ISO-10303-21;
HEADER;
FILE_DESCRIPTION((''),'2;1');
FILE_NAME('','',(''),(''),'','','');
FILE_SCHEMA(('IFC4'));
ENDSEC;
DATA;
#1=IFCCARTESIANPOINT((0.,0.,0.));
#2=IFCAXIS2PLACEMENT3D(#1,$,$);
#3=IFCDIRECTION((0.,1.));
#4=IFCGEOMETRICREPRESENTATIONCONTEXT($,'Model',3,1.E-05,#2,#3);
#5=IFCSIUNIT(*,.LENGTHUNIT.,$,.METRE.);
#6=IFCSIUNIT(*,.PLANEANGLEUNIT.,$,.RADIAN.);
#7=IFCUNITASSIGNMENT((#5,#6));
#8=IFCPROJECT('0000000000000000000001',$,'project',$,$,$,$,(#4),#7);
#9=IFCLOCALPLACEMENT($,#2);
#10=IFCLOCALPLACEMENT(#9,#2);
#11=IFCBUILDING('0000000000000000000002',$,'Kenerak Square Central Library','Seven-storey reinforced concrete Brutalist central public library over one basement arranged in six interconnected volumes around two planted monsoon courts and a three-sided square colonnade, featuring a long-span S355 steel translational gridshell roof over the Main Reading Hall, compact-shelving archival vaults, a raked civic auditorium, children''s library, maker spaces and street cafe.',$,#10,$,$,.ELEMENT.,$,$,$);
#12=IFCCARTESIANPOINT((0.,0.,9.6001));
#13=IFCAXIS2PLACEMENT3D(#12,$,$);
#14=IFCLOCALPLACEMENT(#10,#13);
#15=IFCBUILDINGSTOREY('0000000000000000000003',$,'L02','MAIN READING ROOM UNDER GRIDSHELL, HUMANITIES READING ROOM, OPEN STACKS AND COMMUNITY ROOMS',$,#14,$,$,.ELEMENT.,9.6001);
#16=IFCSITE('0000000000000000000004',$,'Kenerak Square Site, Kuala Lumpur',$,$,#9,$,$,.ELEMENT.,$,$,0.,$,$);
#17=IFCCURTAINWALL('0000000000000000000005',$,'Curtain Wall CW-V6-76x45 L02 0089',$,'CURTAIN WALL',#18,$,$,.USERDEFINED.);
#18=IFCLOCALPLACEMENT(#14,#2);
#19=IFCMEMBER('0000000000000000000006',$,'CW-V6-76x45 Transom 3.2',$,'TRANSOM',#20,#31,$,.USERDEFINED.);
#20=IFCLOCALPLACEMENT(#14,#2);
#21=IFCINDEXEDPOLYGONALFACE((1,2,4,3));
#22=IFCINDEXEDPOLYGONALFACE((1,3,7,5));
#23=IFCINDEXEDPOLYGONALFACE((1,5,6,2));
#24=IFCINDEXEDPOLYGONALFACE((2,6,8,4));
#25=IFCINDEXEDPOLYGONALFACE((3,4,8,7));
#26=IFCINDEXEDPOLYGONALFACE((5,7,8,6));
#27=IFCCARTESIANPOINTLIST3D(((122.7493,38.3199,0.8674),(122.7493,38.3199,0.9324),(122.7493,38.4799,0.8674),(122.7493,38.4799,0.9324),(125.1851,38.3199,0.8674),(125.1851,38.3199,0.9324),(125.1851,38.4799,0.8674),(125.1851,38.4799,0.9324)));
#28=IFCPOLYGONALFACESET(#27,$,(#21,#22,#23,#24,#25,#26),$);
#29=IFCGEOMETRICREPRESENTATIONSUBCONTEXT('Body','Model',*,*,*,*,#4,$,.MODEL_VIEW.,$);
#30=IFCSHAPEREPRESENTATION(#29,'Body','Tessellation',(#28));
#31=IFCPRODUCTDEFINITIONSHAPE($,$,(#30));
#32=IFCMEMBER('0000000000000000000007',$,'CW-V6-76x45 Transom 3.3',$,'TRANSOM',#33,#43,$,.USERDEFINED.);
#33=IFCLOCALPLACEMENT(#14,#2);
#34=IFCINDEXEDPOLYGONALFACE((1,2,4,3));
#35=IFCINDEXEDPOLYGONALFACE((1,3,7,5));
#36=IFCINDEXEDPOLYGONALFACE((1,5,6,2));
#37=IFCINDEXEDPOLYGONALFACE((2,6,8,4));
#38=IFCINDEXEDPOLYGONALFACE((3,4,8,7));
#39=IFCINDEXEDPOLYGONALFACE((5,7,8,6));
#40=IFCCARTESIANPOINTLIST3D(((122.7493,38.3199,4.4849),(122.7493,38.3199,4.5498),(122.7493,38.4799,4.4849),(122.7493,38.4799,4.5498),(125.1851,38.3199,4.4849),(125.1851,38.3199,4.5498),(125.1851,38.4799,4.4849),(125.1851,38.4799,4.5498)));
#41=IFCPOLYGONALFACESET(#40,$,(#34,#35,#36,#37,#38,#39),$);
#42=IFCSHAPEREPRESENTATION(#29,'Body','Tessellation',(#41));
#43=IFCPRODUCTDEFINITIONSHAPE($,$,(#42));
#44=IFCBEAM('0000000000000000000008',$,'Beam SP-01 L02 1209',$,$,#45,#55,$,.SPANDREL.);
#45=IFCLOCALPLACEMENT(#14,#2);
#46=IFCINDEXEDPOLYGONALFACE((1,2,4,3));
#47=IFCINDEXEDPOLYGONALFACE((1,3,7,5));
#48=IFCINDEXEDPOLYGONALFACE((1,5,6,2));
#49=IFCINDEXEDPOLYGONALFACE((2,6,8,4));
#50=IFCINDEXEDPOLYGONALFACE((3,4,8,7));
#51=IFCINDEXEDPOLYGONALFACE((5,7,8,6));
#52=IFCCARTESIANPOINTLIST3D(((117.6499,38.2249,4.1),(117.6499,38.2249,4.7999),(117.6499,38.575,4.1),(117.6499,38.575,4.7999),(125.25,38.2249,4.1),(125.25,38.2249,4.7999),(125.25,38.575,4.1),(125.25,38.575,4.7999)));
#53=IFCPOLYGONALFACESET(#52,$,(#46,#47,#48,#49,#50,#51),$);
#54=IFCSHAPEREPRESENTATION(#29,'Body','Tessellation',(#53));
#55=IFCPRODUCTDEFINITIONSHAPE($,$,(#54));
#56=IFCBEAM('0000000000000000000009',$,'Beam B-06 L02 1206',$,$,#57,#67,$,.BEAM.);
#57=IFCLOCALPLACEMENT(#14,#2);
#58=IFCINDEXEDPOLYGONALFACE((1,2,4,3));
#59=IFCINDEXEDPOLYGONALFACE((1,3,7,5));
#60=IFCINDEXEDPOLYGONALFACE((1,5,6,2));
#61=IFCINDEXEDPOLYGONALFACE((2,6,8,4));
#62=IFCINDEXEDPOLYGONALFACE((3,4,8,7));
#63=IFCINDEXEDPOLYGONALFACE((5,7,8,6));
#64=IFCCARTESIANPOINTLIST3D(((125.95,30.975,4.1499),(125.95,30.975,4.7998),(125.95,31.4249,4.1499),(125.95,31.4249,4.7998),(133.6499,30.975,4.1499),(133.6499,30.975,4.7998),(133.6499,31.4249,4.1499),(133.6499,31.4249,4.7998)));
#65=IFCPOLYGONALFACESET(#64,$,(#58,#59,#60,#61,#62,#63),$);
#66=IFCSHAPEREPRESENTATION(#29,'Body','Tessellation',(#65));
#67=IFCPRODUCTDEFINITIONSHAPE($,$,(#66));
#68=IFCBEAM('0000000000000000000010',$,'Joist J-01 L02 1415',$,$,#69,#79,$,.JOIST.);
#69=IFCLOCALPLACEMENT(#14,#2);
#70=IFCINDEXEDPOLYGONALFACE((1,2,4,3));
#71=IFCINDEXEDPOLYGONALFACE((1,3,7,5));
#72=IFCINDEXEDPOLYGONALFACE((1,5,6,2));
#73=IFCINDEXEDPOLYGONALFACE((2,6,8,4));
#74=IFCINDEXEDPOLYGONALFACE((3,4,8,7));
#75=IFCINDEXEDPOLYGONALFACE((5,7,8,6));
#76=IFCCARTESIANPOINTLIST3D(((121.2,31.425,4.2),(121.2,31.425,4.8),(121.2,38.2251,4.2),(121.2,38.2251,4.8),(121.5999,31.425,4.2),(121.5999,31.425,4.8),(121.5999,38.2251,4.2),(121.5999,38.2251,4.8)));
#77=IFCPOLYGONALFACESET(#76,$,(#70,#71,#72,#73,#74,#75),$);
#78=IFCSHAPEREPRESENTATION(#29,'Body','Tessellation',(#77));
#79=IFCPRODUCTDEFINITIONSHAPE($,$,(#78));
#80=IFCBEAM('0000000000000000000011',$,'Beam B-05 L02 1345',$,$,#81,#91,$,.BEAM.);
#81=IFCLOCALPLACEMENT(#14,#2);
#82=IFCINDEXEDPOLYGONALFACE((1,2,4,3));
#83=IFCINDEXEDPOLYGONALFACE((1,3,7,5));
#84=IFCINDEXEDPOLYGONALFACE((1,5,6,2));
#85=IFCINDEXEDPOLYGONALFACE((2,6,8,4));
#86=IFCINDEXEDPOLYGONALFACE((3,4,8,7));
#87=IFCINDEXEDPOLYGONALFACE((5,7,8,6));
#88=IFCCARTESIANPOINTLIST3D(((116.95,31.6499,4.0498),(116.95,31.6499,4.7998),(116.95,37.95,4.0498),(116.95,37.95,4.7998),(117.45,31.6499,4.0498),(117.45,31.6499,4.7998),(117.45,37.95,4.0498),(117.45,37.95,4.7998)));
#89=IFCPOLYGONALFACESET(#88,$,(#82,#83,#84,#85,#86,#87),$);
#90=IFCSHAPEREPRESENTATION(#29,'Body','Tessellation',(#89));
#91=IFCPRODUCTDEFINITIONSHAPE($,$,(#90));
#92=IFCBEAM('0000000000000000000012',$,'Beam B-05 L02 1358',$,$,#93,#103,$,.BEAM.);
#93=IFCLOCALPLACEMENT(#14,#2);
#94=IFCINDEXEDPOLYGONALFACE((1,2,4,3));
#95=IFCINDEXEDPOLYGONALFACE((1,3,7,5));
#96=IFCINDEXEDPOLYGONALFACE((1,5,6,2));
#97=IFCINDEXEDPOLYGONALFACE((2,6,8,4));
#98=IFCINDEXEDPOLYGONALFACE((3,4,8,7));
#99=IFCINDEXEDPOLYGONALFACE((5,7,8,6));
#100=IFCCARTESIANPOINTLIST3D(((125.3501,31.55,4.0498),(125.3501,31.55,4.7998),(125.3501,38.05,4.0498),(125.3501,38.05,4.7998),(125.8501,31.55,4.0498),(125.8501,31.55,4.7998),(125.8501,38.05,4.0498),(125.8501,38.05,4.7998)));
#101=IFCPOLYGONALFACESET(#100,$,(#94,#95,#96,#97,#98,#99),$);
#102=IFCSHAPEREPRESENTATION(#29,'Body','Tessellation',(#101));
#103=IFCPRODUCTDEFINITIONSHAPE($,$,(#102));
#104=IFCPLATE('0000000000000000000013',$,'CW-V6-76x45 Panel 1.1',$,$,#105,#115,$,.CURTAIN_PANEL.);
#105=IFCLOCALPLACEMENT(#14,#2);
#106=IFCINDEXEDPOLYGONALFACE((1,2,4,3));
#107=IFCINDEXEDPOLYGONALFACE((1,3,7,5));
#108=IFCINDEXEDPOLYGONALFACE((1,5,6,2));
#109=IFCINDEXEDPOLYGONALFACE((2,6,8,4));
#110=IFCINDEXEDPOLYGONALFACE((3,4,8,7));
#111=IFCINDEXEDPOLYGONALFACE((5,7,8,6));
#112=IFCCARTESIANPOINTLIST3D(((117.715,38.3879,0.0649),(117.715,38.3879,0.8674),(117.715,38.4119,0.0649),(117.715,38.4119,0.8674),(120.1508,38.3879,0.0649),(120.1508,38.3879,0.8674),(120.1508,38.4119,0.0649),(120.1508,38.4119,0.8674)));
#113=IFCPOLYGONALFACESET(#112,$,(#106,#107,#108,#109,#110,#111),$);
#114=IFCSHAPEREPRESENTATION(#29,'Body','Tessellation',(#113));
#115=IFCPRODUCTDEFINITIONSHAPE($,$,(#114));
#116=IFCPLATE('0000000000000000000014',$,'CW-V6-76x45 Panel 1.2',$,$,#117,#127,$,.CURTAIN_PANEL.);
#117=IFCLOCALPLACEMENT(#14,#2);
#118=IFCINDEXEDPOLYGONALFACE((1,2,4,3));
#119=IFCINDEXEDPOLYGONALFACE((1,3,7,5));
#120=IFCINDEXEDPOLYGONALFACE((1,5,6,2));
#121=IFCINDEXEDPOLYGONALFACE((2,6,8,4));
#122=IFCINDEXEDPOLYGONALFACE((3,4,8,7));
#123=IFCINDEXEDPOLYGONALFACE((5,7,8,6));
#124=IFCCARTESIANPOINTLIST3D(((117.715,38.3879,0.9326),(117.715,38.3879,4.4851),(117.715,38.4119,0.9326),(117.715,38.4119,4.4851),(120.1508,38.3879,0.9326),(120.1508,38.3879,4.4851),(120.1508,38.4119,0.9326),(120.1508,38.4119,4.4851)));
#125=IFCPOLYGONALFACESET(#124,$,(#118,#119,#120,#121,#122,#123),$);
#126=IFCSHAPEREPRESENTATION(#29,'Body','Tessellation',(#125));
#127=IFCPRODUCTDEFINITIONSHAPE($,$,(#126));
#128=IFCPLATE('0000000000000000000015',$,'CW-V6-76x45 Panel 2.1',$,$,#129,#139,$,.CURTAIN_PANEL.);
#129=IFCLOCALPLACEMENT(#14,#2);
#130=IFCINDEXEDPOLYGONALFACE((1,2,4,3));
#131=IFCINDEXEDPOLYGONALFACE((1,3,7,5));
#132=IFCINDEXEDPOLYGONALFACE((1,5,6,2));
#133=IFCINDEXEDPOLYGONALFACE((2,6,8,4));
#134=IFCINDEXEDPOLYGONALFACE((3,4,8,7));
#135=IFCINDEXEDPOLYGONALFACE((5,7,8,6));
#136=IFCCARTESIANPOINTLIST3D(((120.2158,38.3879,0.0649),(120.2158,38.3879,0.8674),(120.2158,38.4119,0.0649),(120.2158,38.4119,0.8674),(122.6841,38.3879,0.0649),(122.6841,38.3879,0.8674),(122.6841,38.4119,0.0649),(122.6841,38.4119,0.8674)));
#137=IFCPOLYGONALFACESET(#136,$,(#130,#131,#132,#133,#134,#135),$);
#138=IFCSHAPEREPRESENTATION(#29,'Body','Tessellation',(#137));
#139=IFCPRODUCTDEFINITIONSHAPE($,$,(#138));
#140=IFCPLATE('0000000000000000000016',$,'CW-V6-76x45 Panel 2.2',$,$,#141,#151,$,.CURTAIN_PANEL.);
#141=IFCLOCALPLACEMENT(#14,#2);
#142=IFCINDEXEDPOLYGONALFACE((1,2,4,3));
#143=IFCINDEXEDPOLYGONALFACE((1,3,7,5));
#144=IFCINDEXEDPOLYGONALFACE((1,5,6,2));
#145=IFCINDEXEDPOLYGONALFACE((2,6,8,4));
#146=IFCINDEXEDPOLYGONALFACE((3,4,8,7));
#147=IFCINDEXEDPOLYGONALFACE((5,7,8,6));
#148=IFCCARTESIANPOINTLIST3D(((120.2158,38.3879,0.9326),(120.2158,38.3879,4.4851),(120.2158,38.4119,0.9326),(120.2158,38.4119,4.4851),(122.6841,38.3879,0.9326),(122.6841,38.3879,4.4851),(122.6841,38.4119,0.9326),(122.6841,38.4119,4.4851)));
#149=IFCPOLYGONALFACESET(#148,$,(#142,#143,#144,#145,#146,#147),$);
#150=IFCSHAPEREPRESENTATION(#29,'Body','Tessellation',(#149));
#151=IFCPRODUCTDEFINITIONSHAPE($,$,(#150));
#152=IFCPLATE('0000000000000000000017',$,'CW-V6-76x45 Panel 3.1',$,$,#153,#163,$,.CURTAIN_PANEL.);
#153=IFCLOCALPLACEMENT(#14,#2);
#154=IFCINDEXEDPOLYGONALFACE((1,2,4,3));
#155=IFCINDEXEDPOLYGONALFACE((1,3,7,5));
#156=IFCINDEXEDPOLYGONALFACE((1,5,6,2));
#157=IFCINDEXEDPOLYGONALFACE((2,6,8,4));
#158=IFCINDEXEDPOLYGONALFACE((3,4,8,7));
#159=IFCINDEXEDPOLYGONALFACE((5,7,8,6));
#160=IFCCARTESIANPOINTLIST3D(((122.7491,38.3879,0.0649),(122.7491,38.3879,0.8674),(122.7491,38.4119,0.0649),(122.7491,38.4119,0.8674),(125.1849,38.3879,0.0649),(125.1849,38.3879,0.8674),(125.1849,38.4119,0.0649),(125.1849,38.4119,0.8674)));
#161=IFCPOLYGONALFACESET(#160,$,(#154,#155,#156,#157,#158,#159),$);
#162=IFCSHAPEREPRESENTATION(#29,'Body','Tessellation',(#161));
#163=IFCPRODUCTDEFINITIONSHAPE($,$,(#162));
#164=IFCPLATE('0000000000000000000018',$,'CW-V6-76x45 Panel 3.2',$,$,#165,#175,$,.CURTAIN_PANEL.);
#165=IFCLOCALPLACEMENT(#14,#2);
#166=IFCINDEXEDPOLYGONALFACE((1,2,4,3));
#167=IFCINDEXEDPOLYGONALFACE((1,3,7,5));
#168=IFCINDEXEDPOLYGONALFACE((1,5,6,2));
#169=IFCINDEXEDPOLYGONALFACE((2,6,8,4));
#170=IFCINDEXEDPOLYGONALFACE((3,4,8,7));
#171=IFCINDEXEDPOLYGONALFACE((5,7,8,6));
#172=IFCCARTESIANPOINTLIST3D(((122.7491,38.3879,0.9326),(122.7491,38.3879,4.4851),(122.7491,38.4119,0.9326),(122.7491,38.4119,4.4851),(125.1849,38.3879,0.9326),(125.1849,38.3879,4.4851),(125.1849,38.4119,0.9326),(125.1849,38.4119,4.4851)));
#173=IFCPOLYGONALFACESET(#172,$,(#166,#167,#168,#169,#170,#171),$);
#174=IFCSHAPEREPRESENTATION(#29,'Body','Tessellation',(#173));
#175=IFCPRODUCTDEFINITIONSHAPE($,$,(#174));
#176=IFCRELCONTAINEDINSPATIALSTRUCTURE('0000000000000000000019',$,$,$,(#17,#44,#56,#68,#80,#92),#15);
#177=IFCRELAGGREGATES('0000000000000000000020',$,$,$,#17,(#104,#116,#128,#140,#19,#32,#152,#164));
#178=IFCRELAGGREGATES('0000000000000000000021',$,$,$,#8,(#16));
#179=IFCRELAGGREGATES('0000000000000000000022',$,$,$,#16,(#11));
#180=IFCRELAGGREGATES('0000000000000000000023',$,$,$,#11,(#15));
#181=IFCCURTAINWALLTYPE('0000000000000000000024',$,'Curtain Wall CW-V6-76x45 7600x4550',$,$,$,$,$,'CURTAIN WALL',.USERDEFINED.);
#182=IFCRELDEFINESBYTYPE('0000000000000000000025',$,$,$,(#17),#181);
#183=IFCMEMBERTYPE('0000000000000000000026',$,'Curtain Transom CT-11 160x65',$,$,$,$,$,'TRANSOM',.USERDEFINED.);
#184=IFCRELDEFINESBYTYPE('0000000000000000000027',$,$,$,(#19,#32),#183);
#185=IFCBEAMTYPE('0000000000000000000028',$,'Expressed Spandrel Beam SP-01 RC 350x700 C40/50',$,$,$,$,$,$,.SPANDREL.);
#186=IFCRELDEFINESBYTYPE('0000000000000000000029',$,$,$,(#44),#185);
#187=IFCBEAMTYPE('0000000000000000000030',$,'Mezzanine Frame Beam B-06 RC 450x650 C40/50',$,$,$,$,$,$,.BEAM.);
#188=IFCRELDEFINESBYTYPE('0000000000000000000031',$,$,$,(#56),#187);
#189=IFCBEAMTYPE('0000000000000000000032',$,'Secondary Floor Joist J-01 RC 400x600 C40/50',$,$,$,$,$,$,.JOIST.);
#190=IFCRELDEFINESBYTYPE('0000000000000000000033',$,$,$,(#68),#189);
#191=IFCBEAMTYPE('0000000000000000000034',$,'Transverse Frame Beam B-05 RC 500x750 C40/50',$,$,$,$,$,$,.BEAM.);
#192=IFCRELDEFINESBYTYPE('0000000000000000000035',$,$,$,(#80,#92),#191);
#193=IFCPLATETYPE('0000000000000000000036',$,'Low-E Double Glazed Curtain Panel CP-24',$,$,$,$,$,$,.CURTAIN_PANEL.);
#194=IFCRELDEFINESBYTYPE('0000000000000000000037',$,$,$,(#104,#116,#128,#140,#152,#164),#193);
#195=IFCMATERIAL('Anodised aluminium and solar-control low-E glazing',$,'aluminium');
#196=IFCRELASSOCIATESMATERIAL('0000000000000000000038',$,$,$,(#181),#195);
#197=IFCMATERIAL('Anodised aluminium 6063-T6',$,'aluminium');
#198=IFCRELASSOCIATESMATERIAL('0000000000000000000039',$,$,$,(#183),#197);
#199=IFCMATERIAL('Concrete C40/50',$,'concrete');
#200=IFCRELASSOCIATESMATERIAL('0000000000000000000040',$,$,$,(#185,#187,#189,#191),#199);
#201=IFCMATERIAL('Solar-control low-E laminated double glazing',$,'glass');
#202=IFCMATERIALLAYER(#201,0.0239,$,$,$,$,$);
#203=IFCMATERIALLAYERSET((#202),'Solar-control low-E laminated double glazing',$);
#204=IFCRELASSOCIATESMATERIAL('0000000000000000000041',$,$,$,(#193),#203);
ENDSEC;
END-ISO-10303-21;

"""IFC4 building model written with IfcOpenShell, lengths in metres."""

from ifc_helpers import new_model, si_unit, direction, frame, origin, origin_2d, place, context, subcontext, project, spatial, rectangle, extrude, material, layer, layer_set, material_profile, profile_set, type_object, element, aggregate, save


model = new_model("IFC4")

# Units and contexts
model_context = context("Model", 3, precision=1e-05, world=origin(), true_north=direction((0.0, 1.0)))
body_context = subcontext(model_context, "Body", "Model", "MODEL_VIEW")
ifc_project = project(units=[si_unit("LENGTHUNIT", "METRE"), si_unit("PLANEANGLEUNIT", "RADIAN")], contexts=[model_context])

# Site, building, storey
site_placement = place(None, origin())
site = spatial("IfcSite", under=ifc_project, at=site_placement, Name="Kenerak Square Site, Kuala Lumpur", CompositionType="ELEMENT", RefElevation=0.0)
building_placement = place(site_placement, origin())
building = spatial("IfcBuilding", under=site, at=building_placement, Name="Kenerak Square Central Library", Description="Seven-storey reinforced concrete Brutalist central public library over one basement arranged in six interconnected volumes around two planted monsoon courts and a three-sided square colonnade, featuring a long-span S355 steel translational gridshell roof over the Main Reading Hall, compact-shelving archival vaults, a raked civic auditorium, children's library, maker spaces and street cafe.", CompositionType="ELEMENT")
storey_placement = place(building_placement, frame((0.0, 0.0, 9.6001)))
storey = spatial("IfcBuildingStorey", under=building, at=storey_placement, Name="L02", Description="MAIN READING ROOM UNDER GRIDSHELL, HUMANITIES READING ROOM, OPEN STACKS AND COMMUNITY ROOMS", CompositionType="ELEMENT", Elevation=9.6001)

# Shared definitions
ifc_material_1 = material(Name="Concrete C40/50", Category="concrete")

# Curtain wall, members
ifc_material_2 = material(Name="Anodised aluminium and solar-control low-E glazing", Category="aluminium")
curtain_wall_type = type_object("IfcCurtainWallType", Name="Curtain Wall CW-V6-76x45 7600x4550", ElementType="CURTAIN WALL", PredefinedType="USERDEFINED", material=ifc_material_2)
curtain_wall_placement = place(storey_placement, origin())
curtain_wall = element("IfcCurtainWall", 1, at=curtain_wall_placement, inside=storey, type_object=curtain_wall_type, Name="Curtain Wall CW-V6-76x45 L02 0089", ObjectType="CURTAIN WALL", PredefinedType="USERDEFINED")
ifc_material_3 = material(Name="Anodised aluminium 6063-T6", Category="aluminium")
ifc_material_profile_1 = material_profile(ifc_material_3, rectangle(XDim=0.1599, YDim=0.0649, at=origin_2d()), Name="AL TRANSOM 160x65")
ifc_profile_set_1 = profile_set([ifc_material_profile_1], Name="Anodised aluminium 6063-T6")
member_type_1 = type_object("IfcMemberType", Name="Curtain Transom CT-11 160x65", ElementType="TRANSOM", PredefinedType="USERDEFINED", material=ifc_profile_set_1)
member_1_placement = place(storey_placement, frame((122.7493, 38.3999, 0.8999), z_axis=(1.0, 0.0, 0.0), x_axis=(0.0, 1.0, 0.0)))
member_1 = element("IfcMember", 2, at=member_1_placement, type_object=member_type_1, Name="CW-V6-76x45 Transom 3.2", ObjectType="TRANSOM", PredefinedType="USERDEFINED", context=body_context, shape_type="SweptSolid", body=[
    extrude(rectangle(XDim=0.1599, YDim=0.0649, at=origin_2d()), origin(), (0.0, 0.0, 1.0), 2.4358),
])
member_2_placement = place(storey_placement, frame((122.7493, 38.3999, 4.5173), z_axis=(1.0, 0.0, 0.0), x_axis=(0.0, 1.0, 0.0)))
member_2 = element("IfcMember", 3, at=member_2_placement, type_object=member_type_1, Name="CW-V6-76x45 Transom 3.3", ObjectType="TRANSOM", PredefinedType="USERDEFINED", context=body_context, shape_type="SweptSolid", body=[
    extrude(rectangle(XDim=0.1599, YDim=0.0649, at=origin_2d()), origin(), (0.0, 0.0, 1.0), 2.4358),
])

# Beams
ifc_material_profile_2 = material_profile(ifc_material_1, rectangle(XDim=0.3501, YDim=0.7, at=origin_2d()), Name="RC 350x700")
ifc_profile_set_2 = profile_set([ifc_material_profile_2], Name="Concrete C40/50")
beam_type_1 = type_object("IfcBeamType", Name="Expressed Spandrel Beam SP-01 RC 350x700 C40/50", PredefinedType="SPANDREL", material=ifc_profile_set_2)
beam_1_placement = place(storey_placement, frame((117.6499, 38.3999, 4.45), z_axis=(1.0, 0.0, 0.0), x_axis=(0.0, 1.0, 0.0)))
element("IfcBeam", 4, at=beam_1_placement, inside=storey, type_object=beam_type_1, Name="Beam SP-01 L02 1209", PredefinedType="SPANDREL", context=body_context, shape_type="SweptSolid", body=[
    extrude(rectangle(XDim=0.3501, YDim=0.7, at=origin_2d()), origin(), (0.0, 0.0, 1.0), 7.6001),
])
ifc_material_profile_3 = material_profile(ifc_material_1, rectangle(XDim=0.45, YDim=0.6499, at=origin_2d()), Name="RC 450x650")
ifc_profile_set_3 = profile_set([ifc_material_profile_3], Name="Concrete C40/50")
beam_type_2 = type_object("IfcBeamType", Name="Mezzanine Frame Beam B-06 RC 450x650 C40/50", PredefinedType="BEAM", material=ifc_profile_set_3)
beam_2_placement = place(storey_placement, frame((125.95, 31.2, 4.4749), z_axis=(1.0, 0.0, 0.0), x_axis=(0.0, 1.0, 0.0)))
element("IfcBeam", 5, at=beam_2_placement, inside=storey, type_object=beam_type_2, Name="Beam B-06 L02 1206", PredefinedType="BEAM", context=body_context, shape_type="SweptSolid", body=[
    extrude(rectangle(XDim=0.45, YDim=0.6499, at=origin_2d()), origin(), (0.0, 0.0, 1.0), 7.7),
])
ifc_material_profile_4 = material_profile(ifc_material_1, rectangle(XDim=0.3999, YDim=0.6001, at=origin_2d()), Name="RC 400x600")
ifc_profile_set_4 = profile_set([ifc_material_profile_4], Name="Concrete C40/50")
beam_type_3 = type_object("IfcBeamType", Name="Secondary Floor Joist J-01 RC 400x600 C40/50", PredefinedType="JOIST", material=ifc_profile_set_4)
beam_3_placement = place(storey_placement, frame((121.3999, 31.425, 4.5), z_axis=(0.0, 1.0, 0.0), x_axis=(-1.0, 0.0, 0.0)))
element("IfcBeam", 6, at=beam_3_placement, inside=storey, type_object=beam_type_3, Name="Joist J-01 L02 1415", PredefinedType="JOIST", context=body_context, shape_type="SweptSolid", body=[
    extrude(rectangle(XDim=0.3999, YDim=0.6001, at=origin_2d()), origin(), (0.0, 0.0, 1.0), 6.8),
])
ifc_material_profile_5 = material_profile(ifc_material_1, rectangle(XDim=0.5, YDim=0.75, at=origin_2d()), Name="RC 500x750")
ifc_profile_set_5 = profile_set([ifc_material_profile_5], Name="Concrete C40/50")
beam_type_4 = type_object("IfcBeamType", Name="Transverse Frame Beam B-05 RC 500x750 C40/50", PredefinedType="BEAM", material=ifc_profile_set_5)
beam_4_placement = place(storey_placement, frame((117.2, 31.6499, 4.4248), z_axis=(0.0, 1.0, 0.0), x_axis=(-1.0, 0.0, 0.0)))
element("IfcBeam", 7, at=beam_4_placement, inside=storey, type_object=beam_type_4, Name="Beam B-05 L02 1345", PredefinedType="BEAM", context=body_context, shape_type="SweptSolid", body=[
    extrude(rectangle(XDim=0.5, YDim=0.75, at=origin_2d()), origin(), (0.0, 0.0, 1.0), 6.3),
])
beam_5_placement = place(storey_placement, frame((125.6001, 31.55, 4.4248), z_axis=(0.0, 1.0, 0.0), x_axis=(-1.0, 0.0, 0.0)))
element("IfcBeam", 8, at=beam_5_placement, inside=storey, type_object=beam_type_4, Name="Beam B-05 L02 1358", PredefinedType="BEAM", context=body_context, shape_type="SweptSolid", body=[
    extrude(rectangle(XDim=0.5, YDim=0.75, at=origin_2d()), origin(), (0.0, 0.0, 1.0), 6.5),
])

# Plates
ifc_material_4 = material(Name="Solar-control low-E laminated double glazing", Category="glass")
ifc_layer_1 = layer(ifc_material_4, 0.0239)
ifc_layer_set_1 = layer_set([ifc_layer_1], Name="Solar-control low-E laminated double glazing")
plate_type = type_object("IfcPlateType", Name="Low-E Double Glazed Curtain Panel CP-24", PredefinedType="CURTAIN_PANEL", material=ifc_layer_set_1)
plate_1_placement = place(storey_placement, frame((118.9329, 38.3999, 0.0649), z_axis=(0.0, 0.0, 1.0), x_axis=(1.0, 0.0, 0.0)))
plate_1 = element("IfcPlate", 9, at=plate_1_placement, type_object=plate_type, Name="CW-V6-76x45 Panel 1.1", PredefinedType="CURTAIN_PANEL", context=body_context, shape_type="SweptSolid", body=[
    extrude(rectangle(XDim=2.4358, YDim=0.0239, at=origin_2d()), origin(), (0.0, 0.0, 1.0), 0.8025),
])
plate_2_placement = place(storey_placement, frame((118.9329, 38.3999, 0.9326), z_axis=(0.0, 0.0, 1.0), x_axis=(1.0, 0.0, 0.0)))
plate_2 = element("IfcPlate", 10, at=plate_2_placement, type_object=plate_type, Name="CW-V6-76x45 Panel 1.2", PredefinedType="CURTAIN_PANEL", context=body_context, shape_type="SweptSolid", body=[
    extrude(rectangle(XDim=2.4358, YDim=0.0239, at=origin_2d()), origin(), (0.0, 0.0, 1.0), 3.5525),
])
plate_3_placement = place(storey_placement, frame((121.45, 38.3999, 0.0649), z_axis=(0.0, 0.0, 1.0), x_axis=(1.0, 0.0, 0.0)))
plate_3 = element("IfcPlate", 11, at=plate_3_placement, type_object=plate_type, Name="CW-V6-76x45 Panel 2.1", PredefinedType="CURTAIN_PANEL", context=body_context, shape_type="SweptSolid", body=[
    extrude(rectangle(XDim=2.4683, YDim=0.0239, at=origin_2d()), origin(), (0.0, 0.0, 1.0), 0.8025),
])
plate_4_placement = place(storey_placement, frame((121.45, 38.3999, 0.9326), z_axis=(0.0, 0.0, 1.0), x_axis=(1.0, 0.0, 0.0)))
plate_4 = element("IfcPlate", 12, at=plate_4_placement, type_object=plate_type, Name="CW-V6-76x45 Panel 2.2", PredefinedType="CURTAIN_PANEL", context=body_context, shape_type="SweptSolid", body=[
    extrude(rectangle(XDim=2.4683, YDim=0.0239, at=origin_2d()), origin(), (0.0, 0.0, 1.0), 3.5525),
])
plate_5_placement = place(storey_placement, frame((123.967, 38.3999, 0.0649), z_axis=(0.0, 0.0, 1.0), x_axis=(1.0, 0.0, 0.0)))
plate_5 = element("IfcPlate", 13, at=plate_5_placement, type_object=plate_type, Name="CW-V6-76x45 Panel 3.1", PredefinedType="CURTAIN_PANEL", context=body_context, shape_type="SweptSolid", body=[
    extrude(rectangle(XDim=2.4358, YDim=0.0239, at=origin_2d()), origin(), (0.0, 0.0, 1.0), 0.8025),
])
plate_6_placement = place(storey_placement, frame((123.967, 38.3999, 0.9326), z_axis=(0.0, 0.0, 1.0), x_axis=(1.0, 0.0, 0.0)))
plate_6 = element("IfcPlate", 14, at=plate_6_placement, type_object=plate_type, Name="CW-V6-76x45 Panel 3.2", PredefinedType="CURTAIN_PANEL", context=body_context, shape_type="SweptSolid", body=[
    extrude(rectangle(XDim=2.4358, YDim=0.0239, at=origin_2d()), origin(), (0.0, 0.0, 1.0), 3.5525),
])
aggregate(curtain_wall, [plate_1, plate_2, plate_3, plate_4, member_1, member_2, plate_5, plate_6])

save(model, "model.ifc")
